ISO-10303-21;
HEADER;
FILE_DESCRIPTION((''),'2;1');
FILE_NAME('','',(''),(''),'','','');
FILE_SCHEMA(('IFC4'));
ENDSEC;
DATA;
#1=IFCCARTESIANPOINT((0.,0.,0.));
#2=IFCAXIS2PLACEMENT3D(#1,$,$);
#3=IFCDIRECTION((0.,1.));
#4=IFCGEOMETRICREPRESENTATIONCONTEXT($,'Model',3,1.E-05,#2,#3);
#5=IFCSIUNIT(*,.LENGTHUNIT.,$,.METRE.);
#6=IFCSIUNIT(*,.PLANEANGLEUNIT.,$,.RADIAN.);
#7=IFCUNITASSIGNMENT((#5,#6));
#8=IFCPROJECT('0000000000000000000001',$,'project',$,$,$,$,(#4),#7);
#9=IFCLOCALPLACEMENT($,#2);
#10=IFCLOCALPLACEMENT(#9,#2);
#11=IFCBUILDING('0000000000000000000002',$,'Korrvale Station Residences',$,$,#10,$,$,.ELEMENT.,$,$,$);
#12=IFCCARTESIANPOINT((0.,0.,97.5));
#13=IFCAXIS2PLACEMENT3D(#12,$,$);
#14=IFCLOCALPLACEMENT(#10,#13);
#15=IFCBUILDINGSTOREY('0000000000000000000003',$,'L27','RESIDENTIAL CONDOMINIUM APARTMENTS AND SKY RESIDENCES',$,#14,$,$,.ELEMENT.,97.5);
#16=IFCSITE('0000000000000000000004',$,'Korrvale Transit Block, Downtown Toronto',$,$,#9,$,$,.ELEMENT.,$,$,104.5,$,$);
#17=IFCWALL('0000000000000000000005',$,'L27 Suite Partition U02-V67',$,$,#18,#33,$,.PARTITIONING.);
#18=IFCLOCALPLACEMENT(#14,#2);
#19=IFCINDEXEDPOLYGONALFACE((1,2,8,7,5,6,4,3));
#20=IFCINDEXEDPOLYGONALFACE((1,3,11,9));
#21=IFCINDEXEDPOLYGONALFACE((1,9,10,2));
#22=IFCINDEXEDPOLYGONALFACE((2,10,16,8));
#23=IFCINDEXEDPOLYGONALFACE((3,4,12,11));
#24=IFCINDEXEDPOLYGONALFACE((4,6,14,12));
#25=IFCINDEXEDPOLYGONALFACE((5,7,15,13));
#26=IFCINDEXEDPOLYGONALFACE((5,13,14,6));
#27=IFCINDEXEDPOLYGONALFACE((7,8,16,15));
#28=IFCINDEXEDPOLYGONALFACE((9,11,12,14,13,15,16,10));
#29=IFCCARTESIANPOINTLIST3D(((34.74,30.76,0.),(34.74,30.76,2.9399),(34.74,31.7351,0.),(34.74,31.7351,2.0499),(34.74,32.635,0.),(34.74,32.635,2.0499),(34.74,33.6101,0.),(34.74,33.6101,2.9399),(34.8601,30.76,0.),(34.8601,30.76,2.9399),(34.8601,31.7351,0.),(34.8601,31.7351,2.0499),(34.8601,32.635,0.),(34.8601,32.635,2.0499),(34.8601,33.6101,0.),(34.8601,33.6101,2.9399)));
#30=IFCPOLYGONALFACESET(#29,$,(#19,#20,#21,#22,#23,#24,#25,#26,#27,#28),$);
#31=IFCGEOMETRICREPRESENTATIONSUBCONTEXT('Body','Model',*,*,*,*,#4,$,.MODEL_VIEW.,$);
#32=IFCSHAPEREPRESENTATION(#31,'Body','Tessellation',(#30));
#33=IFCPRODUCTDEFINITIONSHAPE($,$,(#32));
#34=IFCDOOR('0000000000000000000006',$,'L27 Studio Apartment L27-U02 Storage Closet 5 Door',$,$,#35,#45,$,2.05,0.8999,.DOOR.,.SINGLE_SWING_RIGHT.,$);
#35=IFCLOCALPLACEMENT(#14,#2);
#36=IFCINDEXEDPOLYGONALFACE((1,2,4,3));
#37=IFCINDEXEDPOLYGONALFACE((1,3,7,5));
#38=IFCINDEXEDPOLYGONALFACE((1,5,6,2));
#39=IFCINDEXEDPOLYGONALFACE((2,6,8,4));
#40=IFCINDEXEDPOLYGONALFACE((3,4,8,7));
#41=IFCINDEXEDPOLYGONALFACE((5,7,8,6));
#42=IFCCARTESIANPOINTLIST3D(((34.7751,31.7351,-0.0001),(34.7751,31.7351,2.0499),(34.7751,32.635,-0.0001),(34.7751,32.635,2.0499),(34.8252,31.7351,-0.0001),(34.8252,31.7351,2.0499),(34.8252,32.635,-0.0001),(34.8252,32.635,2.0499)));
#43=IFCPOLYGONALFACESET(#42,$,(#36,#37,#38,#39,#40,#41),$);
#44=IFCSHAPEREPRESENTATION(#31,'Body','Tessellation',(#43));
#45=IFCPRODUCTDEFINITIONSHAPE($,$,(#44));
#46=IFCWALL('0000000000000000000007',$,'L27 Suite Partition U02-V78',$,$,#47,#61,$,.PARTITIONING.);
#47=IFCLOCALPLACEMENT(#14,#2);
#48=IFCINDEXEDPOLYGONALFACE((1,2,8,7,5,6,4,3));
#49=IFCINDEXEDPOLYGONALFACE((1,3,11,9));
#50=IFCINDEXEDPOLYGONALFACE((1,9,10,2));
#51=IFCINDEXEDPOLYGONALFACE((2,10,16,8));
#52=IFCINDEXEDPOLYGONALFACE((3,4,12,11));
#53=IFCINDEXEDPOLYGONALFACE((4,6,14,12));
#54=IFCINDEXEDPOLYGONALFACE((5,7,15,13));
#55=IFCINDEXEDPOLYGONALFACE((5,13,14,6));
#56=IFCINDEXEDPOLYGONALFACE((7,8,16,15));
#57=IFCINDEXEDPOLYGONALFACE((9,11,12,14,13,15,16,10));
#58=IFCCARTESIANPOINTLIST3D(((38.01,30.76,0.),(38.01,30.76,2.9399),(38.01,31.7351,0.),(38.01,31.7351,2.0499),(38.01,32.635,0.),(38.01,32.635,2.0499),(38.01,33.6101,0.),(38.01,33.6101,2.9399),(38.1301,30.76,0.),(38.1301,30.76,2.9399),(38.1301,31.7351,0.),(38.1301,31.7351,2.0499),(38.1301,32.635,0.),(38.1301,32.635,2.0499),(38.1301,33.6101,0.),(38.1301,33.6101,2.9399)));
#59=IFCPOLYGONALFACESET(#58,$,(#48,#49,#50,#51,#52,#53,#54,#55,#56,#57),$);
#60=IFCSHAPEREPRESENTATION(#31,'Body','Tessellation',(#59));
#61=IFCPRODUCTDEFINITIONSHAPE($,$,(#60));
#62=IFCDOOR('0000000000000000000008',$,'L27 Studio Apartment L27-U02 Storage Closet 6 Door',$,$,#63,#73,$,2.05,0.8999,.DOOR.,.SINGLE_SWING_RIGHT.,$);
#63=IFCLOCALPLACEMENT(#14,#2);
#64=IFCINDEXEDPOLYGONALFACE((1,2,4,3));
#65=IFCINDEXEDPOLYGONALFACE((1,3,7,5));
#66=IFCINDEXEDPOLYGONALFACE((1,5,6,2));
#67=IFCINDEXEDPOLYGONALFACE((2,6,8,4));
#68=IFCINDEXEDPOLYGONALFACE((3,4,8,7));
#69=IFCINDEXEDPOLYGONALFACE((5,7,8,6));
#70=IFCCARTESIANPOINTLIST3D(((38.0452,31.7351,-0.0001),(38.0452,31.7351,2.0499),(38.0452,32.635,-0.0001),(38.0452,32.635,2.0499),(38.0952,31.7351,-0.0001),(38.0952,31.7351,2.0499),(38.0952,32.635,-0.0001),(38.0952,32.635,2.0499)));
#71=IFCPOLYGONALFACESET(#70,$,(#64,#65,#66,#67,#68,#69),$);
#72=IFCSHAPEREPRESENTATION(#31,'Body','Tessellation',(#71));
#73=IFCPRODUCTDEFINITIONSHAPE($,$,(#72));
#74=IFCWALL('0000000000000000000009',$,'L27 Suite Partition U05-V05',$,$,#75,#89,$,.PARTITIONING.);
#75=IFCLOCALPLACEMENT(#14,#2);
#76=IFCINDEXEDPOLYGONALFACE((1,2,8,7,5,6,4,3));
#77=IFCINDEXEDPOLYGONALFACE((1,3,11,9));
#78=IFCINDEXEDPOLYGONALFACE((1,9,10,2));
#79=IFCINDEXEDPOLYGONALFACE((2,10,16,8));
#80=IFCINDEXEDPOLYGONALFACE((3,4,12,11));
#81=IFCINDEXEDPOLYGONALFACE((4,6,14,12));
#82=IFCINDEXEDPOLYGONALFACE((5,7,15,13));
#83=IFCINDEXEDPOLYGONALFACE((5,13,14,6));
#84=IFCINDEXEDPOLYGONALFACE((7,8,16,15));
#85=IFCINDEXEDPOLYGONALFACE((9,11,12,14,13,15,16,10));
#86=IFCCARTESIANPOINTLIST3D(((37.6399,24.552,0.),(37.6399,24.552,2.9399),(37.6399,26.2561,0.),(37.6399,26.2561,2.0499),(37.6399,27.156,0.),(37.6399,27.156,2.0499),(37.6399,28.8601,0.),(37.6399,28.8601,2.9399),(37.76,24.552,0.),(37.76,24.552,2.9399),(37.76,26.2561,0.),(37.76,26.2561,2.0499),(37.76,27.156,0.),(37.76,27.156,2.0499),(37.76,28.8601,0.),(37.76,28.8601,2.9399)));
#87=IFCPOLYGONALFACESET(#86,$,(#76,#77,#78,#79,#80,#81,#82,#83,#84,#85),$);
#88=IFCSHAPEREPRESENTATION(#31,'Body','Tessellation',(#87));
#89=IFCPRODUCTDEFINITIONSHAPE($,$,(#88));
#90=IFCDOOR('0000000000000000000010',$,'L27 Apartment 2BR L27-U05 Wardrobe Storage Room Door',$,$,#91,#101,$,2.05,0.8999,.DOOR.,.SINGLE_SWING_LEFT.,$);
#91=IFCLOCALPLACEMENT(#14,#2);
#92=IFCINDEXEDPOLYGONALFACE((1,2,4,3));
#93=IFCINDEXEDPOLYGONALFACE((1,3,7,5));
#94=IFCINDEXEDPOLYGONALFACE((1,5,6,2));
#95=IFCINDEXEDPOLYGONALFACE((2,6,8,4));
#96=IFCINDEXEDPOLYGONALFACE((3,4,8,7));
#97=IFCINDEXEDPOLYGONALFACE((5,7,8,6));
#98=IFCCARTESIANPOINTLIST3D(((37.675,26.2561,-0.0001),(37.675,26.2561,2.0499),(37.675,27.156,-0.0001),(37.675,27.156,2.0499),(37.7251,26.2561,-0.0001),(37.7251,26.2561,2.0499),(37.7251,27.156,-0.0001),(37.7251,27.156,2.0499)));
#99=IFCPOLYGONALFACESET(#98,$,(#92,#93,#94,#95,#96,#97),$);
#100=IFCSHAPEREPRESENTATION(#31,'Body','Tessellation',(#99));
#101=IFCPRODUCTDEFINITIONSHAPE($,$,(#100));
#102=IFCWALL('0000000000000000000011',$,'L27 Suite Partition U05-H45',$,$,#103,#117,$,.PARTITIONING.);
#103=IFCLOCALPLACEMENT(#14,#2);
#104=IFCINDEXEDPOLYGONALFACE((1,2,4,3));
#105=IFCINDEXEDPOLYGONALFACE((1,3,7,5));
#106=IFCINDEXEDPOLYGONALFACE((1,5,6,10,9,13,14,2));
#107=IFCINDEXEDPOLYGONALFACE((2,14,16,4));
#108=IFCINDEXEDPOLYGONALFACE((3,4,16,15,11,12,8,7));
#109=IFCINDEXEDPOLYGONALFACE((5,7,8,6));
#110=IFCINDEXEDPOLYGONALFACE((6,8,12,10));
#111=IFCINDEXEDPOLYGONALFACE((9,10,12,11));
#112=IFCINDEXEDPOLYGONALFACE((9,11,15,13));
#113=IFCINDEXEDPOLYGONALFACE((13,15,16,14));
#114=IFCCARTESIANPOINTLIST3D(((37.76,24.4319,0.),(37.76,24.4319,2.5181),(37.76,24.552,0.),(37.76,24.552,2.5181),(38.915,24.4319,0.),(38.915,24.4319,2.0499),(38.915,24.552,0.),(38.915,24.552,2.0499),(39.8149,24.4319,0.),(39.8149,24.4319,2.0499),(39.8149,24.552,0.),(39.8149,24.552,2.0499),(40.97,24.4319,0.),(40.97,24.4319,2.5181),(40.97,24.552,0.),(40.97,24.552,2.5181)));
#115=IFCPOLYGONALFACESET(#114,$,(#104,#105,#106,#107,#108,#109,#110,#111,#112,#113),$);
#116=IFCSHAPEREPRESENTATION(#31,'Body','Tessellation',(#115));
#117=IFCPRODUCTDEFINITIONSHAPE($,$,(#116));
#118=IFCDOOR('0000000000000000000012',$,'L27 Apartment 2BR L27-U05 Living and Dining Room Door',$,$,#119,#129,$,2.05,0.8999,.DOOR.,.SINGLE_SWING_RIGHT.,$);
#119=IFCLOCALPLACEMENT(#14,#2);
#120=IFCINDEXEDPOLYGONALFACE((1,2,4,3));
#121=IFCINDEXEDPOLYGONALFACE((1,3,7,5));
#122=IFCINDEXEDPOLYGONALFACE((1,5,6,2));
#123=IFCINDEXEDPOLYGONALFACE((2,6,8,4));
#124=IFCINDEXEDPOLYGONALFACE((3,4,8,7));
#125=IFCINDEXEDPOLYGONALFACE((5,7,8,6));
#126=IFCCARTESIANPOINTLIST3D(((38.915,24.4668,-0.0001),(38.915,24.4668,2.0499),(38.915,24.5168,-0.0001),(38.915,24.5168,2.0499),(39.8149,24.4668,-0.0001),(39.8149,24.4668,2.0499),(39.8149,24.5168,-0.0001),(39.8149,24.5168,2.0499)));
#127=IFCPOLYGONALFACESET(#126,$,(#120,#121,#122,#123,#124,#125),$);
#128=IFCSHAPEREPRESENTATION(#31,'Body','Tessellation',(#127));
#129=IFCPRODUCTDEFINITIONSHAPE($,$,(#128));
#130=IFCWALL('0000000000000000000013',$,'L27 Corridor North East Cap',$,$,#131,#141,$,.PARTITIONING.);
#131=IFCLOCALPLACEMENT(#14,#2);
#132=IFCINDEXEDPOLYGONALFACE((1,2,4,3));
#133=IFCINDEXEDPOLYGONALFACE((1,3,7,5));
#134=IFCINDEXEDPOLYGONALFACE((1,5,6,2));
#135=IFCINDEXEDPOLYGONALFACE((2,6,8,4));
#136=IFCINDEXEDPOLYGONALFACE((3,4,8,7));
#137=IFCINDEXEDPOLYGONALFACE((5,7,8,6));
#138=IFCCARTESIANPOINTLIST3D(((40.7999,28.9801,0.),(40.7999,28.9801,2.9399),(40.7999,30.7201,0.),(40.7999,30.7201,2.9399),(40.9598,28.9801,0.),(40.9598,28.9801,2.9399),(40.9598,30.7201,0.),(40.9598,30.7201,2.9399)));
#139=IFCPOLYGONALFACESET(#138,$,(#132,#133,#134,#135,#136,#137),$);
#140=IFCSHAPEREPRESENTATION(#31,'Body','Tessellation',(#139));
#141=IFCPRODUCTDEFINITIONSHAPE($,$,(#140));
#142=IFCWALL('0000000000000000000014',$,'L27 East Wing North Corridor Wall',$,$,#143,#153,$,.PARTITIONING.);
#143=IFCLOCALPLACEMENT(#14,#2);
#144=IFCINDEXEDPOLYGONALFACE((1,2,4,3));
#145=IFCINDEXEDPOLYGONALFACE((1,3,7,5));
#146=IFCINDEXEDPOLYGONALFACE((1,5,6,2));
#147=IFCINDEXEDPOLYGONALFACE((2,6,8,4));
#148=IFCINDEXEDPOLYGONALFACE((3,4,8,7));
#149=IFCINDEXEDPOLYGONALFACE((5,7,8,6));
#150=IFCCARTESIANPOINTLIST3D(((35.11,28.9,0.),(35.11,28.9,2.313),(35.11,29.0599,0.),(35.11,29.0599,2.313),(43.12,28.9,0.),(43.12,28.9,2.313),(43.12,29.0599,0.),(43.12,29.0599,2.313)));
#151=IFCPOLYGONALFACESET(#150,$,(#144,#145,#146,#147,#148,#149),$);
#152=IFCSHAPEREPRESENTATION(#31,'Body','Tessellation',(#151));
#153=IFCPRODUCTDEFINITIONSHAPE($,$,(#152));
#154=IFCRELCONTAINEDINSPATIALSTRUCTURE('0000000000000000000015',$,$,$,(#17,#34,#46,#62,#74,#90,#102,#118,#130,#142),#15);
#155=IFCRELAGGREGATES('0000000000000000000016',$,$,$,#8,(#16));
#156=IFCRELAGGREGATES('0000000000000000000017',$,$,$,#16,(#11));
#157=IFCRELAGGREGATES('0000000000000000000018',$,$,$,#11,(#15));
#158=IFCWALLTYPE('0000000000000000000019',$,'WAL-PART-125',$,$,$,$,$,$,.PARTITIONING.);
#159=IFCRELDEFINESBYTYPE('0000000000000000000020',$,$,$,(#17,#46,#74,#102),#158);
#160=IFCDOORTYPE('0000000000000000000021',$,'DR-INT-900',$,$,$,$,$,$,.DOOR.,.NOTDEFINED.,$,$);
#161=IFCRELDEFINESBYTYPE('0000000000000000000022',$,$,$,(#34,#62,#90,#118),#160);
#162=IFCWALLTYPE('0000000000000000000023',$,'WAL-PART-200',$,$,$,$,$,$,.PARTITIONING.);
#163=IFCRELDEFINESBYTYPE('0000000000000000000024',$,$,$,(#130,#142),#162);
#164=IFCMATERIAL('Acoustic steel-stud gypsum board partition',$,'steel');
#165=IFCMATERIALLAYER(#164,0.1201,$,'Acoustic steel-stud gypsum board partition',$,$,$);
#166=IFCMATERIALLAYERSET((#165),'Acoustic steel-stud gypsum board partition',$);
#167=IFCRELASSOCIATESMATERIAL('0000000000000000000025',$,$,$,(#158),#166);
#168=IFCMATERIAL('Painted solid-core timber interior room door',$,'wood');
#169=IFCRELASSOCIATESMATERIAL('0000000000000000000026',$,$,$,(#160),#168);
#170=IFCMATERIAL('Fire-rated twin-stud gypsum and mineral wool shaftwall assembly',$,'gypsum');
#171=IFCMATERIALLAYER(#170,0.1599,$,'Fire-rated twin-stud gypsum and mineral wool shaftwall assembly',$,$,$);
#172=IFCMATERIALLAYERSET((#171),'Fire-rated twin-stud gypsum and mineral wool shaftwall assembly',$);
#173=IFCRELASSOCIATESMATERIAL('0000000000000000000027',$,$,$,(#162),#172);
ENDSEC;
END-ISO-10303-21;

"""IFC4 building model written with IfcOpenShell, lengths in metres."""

from ifc_helpers import new_model, si_unit, direction, frame, frame_2d, origin, place, context, subcontext, project, spatial, rectangle, extrude, material, layer, layer_set, type_object, element, fill, save


model = new_model("IFC4")

# Units and contexts
model_context = context("Model", 3, precision=1e-05, world=origin(), true_north=direction((0.0, 1.0)))
body_context = subcontext(model_context, "Body", "Model", "MODEL_VIEW")
ifc_project = project(units=[si_unit("LENGTHUNIT", "METRE"), si_unit("PLANEANGLEUNIT", "RADIAN")], contexts=[model_context])

# Site, building, storey
site_placement = place(None, origin())
site = spatial("IfcSite", under=ifc_project, at=site_placement, Name="Korrvale Transit Block, Downtown Toronto", CompositionType="ELEMENT", RefElevation=104.5)
building_placement = place(site_placement, origin())
building = spatial("IfcBuilding", under=site, at=building_placement, Name="Korrvale Station Residences", CompositionType="ELEMENT")
storey_placement = place(building_placement, frame((0.0, 0.0, 97.5)))
storey = spatial("IfcBuildingStorey", under=building, at=storey_placement, Name="L27", Description="RESIDENTIAL CONDOMINIUM APARTMENTS AND SKY RESIDENCES", CompositionType="ELEMENT", Elevation=97.5)

# Walls, openings, doors
ifc_material_1 = material(Name="Acoustic steel-stud gypsum board partition", Category="steel")
ifc_layer_1 = layer(ifc_material_1, 0.1201, Name="Acoustic steel-stud gypsum board partition")
ifc_layer_set_1 = layer_set([ifc_layer_1], Name="Acoustic steel-stud gypsum board partition")
wall_type_1 = type_object("IfcWallType", Name="WAL-PART-125", PredefinedType="PARTITIONING", material=ifc_layer_set_1)
wall_1_placement = place(storey_placement, frame((34.8, 30.76, 0.0), z_axis=(0.0, 0.0, 1.0), x_axis=(0.0, 1.0, 0.0)))
wall_1 = element("IfcWall", 1, at=wall_1_placement, inside=storey, type_object=wall_type_1, Name="L27 Suite Partition U02-V67", PredefinedType="PARTITIONING", context=body_context, shape_type="SweptSolid", body=[
    extrude(rectangle(XDim=2.8501, YDim=0.1201, at=frame_2d((1.425, 0.0))), origin(), (0.0, 0.0, 1.0), 2.9399),
])
opening_1_placement = place(wall_1_placement, frame((0.9751, 0.0, 0.0)))
opening_1 = element("IfcOpeningElement", 2, at=opening_1_placement, cuts=wall_1, PredefinedType="OPENING", context=body_context, shape_type="SweptSolid", body=[
    extrude(rectangle(XDim=0.8999, YDim=2.05, at=frame_2d((0.45, 1.0249))), frame((0.0, 0.0701, 0.0), z_axis=(0.0, -1.0, 0.0), x_axis=(1.0, 0.0, 0.0)), (0.0, 0.0, 1.0), 0.1401),
])
ifc_material_2 = material(Name="Painted solid-core timber interior room door", Category="wood")
door_type_1 = type_object("IfcDoorType", Name="DR-INT-900", OperationType="NOTDEFINED", PredefinedType="DOOR", material=ifc_material_2)
door_1_placement = place(opening_1_placement, origin())
door_1 = element("IfcDoor", 3, at=door_1_placement, inside=storey, type_object=door_type_1, Name="L27 Studio Apartment L27-U02 Storage Closet 5 Door", OperationType="SINGLE_SWING_RIGHT", OverallHeight=2.05, OverallWidth=0.8999, PredefinedType="DOOR", context=body_context, shape_type="SweptSolid", body=[
    extrude(rectangle(XDim=0.8999, YDim=2.05, at=frame_2d((0.45, 1.0249))), frame((0.0, 0.0249, 0.0), z_axis=(0.0, -1.0, 0.0), x_axis=(1.0, 0.0, 0.0)), (0.0, 0.0, 1.0), 0.05),
])
fill(opening_1, door_1)
wall_2_placement = place(storey_placement, frame((38.0701, 30.76, 0.0), z_axis=(0.0, 0.0, 1.0), x_axis=(0.0, 1.0, 0.0)))
wall_2 = element("IfcWall", 4, at=wall_2_placement, inside=storey, type_object=wall_type_1, Name="L27 Suite Partition U02-V78", PredefinedType="PARTITIONING", context=body_context, shape_type="SweptSolid", body=[
    extrude(rectangle(XDim=2.8501, YDim=0.1201, at=frame_2d((1.425, 0.0))), origin(), (0.0, 0.0, 1.0), 2.9399),
])
opening_2_placement = place(wall_2_placement, frame((0.9751, 0.0, 0.0)))
opening_2 = element("IfcOpeningElement", 5, at=opening_2_placement, cuts=wall_2, PredefinedType="OPENING", context=body_context, shape_type="SweptSolid", body=[
    extrude(rectangle(XDim=0.8999, YDim=2.05, at=frame_2d((0.45, 1.0249))), frame((0.0, 0.0701, 0.0), z_axis=(0.0, -1.0, 0.0), x_axis=(1.0, 0.0, 0.0)), (0.0, 0.0, 1.0), 0.1401),
])
door_2_placement = place(opening_2_placement, origin())
door_2 = element("IfcDoor", 6, at=door_2_placement, inside=storey, type_object=door_type_1, Name="L27 Studio Apartment L27-U02 Storage Closet 6 Door", OperationType="SINGLE_SWING_RIGHT", OverallHeight=2.05, OverallWidth=0.8999, PredefinedType="DOOR", context=body_context, shape_type="SweptSolid", body=[
    extrude(rectangle(XDim=0.8999, YDim=2.05, at=frame_2d((0.45, 1.0249))), frame((0.0, 0.0249, 0.0), z_axis=(0.0, -1.0, 0.0), x_axis=(1.0, 0.0, 0.0)), (0.0, 0.0, 1.0), 0.05),
])
fill(opening_2, door_2)
wall_3_placement = place(storey_placement, frame((37.7, 24.552, 0.0), z_axis=(0.0, 0.0, 1.0), x_axis=(0.0, 1.0, 0.0)))
wall_3 = element("IfcWall", 7, at=wall_3_placement, inside=storey, type_object=wall_type_1, Name="L27 Suite Partition U05-V05", PredefinedType="PARTITIONING", context=body_context, shape_type="SweptSolid", body=[
    extrude(rectangle(XDim=4.3081, YDim=0.1201, at=frame_2d((2.1541, 0.0))), origin(), (0.0, 0.0, 1.0), 2.9399),
])
opening_3_placement = place(wall_3_placement, frame((1.7041, 0.0, 0.0)))
opening_3 = element("IfcOpeningElement", 8, at=opening_3_placement, cuts=wall_3, PredefinedType="OPENING", context=body_context, shape_type="SweptSolid", body=[
    extrude(rectangle(XDim=0.8999, YDim=2.05, at=frame_2d((0.45, 1.0249))), frame((0.0, 0.0701, 0.0), z_axis=(0.0, -1.0, 0.0), x_axis=(1.0, 0.0, 0.0)), (0.0, 0.0, 1.0), 0.1401),
])
door_3_placement = place(opening_3_placement, origin())
door_3 = element("IfcDoor", 9, at=door_3_placement, inside=storey, type_object=door_type_1, Name="L27 Apartment 2BR L27-U05 Wardrobe Storage Room Door", OperationType="SINGLE_SWING_LEFT", OverallHeight=2.05, OverallWidth=0.8999, PredefinedType="DOOR", context=body_context, shape_type="SweptSolid", body=[
    extrude(rectangle(XDim=0.8999, YDim=2.05, at=frame_2d((0.45, 1.0249))), frame((0.0, 0.0249, 0.0), z_axis=(0.0, -1.0, 0.0), x_axis=(1.0, 0.0, 0.0)), (0.0, 0.0, 1.0), 0.05),
])
fill(opening_3, door_3)
wall_4_placement = place(storey_placement, frame((37.76, 24.4919, 0.0), z_axis=(0.0, 0.0, 1.0), x_axis=(1.0, 0.0, 0.0)))
wall_4 = element("IfcWall", 10, at=wall_4_placement, inside=storey, type_object=wall_type_1, Name="L27 Suite Partition U05-H45", PredefinedType="PARTITIONING", context=body_context, shape_type="SweptSolid", body=[
    extrude(rectangle(XDim=3.21, YDim=0.1201, at=frame_2d((1.605, 0.0))), origin(), (0.0, 0.0, 1.0), 2.5181),
])
opening_4_placement = place(wall_4_placement, frame((1.155, 0.0, 0.0)))
opening_4 = element("IfcOpeningElement", 11, at=opening_4_placement, cuts=wall_4, PredefinedType="OPENING", context=body_context, shape_type="SweptSolid", body=[
    extrude(rectangle(XDim=0.8999, YDim=2.05, at=frame_2d((0.45, 1.0249))), frame((0.0, 0.0701, 0.0), z_axis=(0.0, -1.0, 0.0), x_axis=(1.0, 0.0, 0.0)), (0.0, 0.0, 1.0), 0.1401),
])
door_4_placement = place(opening_4_placement, origin())
door_4 = element("IfcDoor", 12, at=door_4_placement, inside=storey, type_object=door_type_1, Name="L27 Apartment 2BR L27-U05 Living and Dining Room Door", OperationType="SINGLE_SWING_RIGHT", OverallHeight=2.05, OverallWidth=0.8999, PredefinedType="DOOR", context=body_context, shape_type="SweptSolid", body=[
    extrude(rectangle(XDim=0.8999, YDim=2.05, at=frame_2d((0.45, 1.0249))), frame((0.0, 0.0249, 0.0), z_axis=(0.0, -1.0, 0.0), x_axis=(1.0, 0.0, 0.0)), (0.0, 0.0, 1.0), 0.05),
])
fill(opening_4, door_4)

# Walls
ifc_material_3 = material(Name="Fire-rated twin-stud gypsum and mineral wool shaftwall assembly", Category="gypsum")
ifc_layer_2 = layer(ifc_material_3, 0.1599, Name="Fire-rated twin-stud gypsum and mineral wool shaftwall assembly")
ifc_layer_set_2 = layer_set([ifc_layer_2], Name="Fire-rated twin-stud gypsum and mineral wool shaftwall assembly")
wall_type_2 = type_object("IfcWallType", Name="WAL-PART-200", PredefinedType="PARTITIONING", material=ifc_layer_set_2)
wall_5_placement = place(storey_placement, frame((40.8799, 28.98, 0.0), z_axis=(0.0, 0.0, 1.0), x_axis=(0.0, 1.0, 0.0)))
element("IfcWall", 13, at=wall_5_placement, inside=storey, type_object=wall_type_2, Name="L27 Corridor North East Cap", PredefinedType="PARTITIONING", context=body_context, shape_type="SweptSolid", body=[
    extrude(rectangle(XDim=1.74, YDim=0.1599, at=frame_2d((0.8701, 0.0))), origin(), (0.0, 0.0, 1.0), 2.9399),
])
wall_6_placement = place(storey_placement, frame((35.1101, 28.98, 0.0), z_axis=(0.0, 0.0, 1.0), x_axis=(1.0, 0.0, 0.0)))
element("IfcWall", 14, at=wall_6_placement, inside=storey, type_object=wall_type_2, Name="L27 East Wing North Corridor Wall", PredefinedType="PARTITIONING", context=body_context, shape_type="SweptSolid", body=[
    extrude(rectangle(XDim=8.01, YDim=0.1599, at=frame_2d((4.0049, 0.0))), origin(), (0.0, 0.0, 1.0), 2.313),
])

save(model, "model.ifc")
